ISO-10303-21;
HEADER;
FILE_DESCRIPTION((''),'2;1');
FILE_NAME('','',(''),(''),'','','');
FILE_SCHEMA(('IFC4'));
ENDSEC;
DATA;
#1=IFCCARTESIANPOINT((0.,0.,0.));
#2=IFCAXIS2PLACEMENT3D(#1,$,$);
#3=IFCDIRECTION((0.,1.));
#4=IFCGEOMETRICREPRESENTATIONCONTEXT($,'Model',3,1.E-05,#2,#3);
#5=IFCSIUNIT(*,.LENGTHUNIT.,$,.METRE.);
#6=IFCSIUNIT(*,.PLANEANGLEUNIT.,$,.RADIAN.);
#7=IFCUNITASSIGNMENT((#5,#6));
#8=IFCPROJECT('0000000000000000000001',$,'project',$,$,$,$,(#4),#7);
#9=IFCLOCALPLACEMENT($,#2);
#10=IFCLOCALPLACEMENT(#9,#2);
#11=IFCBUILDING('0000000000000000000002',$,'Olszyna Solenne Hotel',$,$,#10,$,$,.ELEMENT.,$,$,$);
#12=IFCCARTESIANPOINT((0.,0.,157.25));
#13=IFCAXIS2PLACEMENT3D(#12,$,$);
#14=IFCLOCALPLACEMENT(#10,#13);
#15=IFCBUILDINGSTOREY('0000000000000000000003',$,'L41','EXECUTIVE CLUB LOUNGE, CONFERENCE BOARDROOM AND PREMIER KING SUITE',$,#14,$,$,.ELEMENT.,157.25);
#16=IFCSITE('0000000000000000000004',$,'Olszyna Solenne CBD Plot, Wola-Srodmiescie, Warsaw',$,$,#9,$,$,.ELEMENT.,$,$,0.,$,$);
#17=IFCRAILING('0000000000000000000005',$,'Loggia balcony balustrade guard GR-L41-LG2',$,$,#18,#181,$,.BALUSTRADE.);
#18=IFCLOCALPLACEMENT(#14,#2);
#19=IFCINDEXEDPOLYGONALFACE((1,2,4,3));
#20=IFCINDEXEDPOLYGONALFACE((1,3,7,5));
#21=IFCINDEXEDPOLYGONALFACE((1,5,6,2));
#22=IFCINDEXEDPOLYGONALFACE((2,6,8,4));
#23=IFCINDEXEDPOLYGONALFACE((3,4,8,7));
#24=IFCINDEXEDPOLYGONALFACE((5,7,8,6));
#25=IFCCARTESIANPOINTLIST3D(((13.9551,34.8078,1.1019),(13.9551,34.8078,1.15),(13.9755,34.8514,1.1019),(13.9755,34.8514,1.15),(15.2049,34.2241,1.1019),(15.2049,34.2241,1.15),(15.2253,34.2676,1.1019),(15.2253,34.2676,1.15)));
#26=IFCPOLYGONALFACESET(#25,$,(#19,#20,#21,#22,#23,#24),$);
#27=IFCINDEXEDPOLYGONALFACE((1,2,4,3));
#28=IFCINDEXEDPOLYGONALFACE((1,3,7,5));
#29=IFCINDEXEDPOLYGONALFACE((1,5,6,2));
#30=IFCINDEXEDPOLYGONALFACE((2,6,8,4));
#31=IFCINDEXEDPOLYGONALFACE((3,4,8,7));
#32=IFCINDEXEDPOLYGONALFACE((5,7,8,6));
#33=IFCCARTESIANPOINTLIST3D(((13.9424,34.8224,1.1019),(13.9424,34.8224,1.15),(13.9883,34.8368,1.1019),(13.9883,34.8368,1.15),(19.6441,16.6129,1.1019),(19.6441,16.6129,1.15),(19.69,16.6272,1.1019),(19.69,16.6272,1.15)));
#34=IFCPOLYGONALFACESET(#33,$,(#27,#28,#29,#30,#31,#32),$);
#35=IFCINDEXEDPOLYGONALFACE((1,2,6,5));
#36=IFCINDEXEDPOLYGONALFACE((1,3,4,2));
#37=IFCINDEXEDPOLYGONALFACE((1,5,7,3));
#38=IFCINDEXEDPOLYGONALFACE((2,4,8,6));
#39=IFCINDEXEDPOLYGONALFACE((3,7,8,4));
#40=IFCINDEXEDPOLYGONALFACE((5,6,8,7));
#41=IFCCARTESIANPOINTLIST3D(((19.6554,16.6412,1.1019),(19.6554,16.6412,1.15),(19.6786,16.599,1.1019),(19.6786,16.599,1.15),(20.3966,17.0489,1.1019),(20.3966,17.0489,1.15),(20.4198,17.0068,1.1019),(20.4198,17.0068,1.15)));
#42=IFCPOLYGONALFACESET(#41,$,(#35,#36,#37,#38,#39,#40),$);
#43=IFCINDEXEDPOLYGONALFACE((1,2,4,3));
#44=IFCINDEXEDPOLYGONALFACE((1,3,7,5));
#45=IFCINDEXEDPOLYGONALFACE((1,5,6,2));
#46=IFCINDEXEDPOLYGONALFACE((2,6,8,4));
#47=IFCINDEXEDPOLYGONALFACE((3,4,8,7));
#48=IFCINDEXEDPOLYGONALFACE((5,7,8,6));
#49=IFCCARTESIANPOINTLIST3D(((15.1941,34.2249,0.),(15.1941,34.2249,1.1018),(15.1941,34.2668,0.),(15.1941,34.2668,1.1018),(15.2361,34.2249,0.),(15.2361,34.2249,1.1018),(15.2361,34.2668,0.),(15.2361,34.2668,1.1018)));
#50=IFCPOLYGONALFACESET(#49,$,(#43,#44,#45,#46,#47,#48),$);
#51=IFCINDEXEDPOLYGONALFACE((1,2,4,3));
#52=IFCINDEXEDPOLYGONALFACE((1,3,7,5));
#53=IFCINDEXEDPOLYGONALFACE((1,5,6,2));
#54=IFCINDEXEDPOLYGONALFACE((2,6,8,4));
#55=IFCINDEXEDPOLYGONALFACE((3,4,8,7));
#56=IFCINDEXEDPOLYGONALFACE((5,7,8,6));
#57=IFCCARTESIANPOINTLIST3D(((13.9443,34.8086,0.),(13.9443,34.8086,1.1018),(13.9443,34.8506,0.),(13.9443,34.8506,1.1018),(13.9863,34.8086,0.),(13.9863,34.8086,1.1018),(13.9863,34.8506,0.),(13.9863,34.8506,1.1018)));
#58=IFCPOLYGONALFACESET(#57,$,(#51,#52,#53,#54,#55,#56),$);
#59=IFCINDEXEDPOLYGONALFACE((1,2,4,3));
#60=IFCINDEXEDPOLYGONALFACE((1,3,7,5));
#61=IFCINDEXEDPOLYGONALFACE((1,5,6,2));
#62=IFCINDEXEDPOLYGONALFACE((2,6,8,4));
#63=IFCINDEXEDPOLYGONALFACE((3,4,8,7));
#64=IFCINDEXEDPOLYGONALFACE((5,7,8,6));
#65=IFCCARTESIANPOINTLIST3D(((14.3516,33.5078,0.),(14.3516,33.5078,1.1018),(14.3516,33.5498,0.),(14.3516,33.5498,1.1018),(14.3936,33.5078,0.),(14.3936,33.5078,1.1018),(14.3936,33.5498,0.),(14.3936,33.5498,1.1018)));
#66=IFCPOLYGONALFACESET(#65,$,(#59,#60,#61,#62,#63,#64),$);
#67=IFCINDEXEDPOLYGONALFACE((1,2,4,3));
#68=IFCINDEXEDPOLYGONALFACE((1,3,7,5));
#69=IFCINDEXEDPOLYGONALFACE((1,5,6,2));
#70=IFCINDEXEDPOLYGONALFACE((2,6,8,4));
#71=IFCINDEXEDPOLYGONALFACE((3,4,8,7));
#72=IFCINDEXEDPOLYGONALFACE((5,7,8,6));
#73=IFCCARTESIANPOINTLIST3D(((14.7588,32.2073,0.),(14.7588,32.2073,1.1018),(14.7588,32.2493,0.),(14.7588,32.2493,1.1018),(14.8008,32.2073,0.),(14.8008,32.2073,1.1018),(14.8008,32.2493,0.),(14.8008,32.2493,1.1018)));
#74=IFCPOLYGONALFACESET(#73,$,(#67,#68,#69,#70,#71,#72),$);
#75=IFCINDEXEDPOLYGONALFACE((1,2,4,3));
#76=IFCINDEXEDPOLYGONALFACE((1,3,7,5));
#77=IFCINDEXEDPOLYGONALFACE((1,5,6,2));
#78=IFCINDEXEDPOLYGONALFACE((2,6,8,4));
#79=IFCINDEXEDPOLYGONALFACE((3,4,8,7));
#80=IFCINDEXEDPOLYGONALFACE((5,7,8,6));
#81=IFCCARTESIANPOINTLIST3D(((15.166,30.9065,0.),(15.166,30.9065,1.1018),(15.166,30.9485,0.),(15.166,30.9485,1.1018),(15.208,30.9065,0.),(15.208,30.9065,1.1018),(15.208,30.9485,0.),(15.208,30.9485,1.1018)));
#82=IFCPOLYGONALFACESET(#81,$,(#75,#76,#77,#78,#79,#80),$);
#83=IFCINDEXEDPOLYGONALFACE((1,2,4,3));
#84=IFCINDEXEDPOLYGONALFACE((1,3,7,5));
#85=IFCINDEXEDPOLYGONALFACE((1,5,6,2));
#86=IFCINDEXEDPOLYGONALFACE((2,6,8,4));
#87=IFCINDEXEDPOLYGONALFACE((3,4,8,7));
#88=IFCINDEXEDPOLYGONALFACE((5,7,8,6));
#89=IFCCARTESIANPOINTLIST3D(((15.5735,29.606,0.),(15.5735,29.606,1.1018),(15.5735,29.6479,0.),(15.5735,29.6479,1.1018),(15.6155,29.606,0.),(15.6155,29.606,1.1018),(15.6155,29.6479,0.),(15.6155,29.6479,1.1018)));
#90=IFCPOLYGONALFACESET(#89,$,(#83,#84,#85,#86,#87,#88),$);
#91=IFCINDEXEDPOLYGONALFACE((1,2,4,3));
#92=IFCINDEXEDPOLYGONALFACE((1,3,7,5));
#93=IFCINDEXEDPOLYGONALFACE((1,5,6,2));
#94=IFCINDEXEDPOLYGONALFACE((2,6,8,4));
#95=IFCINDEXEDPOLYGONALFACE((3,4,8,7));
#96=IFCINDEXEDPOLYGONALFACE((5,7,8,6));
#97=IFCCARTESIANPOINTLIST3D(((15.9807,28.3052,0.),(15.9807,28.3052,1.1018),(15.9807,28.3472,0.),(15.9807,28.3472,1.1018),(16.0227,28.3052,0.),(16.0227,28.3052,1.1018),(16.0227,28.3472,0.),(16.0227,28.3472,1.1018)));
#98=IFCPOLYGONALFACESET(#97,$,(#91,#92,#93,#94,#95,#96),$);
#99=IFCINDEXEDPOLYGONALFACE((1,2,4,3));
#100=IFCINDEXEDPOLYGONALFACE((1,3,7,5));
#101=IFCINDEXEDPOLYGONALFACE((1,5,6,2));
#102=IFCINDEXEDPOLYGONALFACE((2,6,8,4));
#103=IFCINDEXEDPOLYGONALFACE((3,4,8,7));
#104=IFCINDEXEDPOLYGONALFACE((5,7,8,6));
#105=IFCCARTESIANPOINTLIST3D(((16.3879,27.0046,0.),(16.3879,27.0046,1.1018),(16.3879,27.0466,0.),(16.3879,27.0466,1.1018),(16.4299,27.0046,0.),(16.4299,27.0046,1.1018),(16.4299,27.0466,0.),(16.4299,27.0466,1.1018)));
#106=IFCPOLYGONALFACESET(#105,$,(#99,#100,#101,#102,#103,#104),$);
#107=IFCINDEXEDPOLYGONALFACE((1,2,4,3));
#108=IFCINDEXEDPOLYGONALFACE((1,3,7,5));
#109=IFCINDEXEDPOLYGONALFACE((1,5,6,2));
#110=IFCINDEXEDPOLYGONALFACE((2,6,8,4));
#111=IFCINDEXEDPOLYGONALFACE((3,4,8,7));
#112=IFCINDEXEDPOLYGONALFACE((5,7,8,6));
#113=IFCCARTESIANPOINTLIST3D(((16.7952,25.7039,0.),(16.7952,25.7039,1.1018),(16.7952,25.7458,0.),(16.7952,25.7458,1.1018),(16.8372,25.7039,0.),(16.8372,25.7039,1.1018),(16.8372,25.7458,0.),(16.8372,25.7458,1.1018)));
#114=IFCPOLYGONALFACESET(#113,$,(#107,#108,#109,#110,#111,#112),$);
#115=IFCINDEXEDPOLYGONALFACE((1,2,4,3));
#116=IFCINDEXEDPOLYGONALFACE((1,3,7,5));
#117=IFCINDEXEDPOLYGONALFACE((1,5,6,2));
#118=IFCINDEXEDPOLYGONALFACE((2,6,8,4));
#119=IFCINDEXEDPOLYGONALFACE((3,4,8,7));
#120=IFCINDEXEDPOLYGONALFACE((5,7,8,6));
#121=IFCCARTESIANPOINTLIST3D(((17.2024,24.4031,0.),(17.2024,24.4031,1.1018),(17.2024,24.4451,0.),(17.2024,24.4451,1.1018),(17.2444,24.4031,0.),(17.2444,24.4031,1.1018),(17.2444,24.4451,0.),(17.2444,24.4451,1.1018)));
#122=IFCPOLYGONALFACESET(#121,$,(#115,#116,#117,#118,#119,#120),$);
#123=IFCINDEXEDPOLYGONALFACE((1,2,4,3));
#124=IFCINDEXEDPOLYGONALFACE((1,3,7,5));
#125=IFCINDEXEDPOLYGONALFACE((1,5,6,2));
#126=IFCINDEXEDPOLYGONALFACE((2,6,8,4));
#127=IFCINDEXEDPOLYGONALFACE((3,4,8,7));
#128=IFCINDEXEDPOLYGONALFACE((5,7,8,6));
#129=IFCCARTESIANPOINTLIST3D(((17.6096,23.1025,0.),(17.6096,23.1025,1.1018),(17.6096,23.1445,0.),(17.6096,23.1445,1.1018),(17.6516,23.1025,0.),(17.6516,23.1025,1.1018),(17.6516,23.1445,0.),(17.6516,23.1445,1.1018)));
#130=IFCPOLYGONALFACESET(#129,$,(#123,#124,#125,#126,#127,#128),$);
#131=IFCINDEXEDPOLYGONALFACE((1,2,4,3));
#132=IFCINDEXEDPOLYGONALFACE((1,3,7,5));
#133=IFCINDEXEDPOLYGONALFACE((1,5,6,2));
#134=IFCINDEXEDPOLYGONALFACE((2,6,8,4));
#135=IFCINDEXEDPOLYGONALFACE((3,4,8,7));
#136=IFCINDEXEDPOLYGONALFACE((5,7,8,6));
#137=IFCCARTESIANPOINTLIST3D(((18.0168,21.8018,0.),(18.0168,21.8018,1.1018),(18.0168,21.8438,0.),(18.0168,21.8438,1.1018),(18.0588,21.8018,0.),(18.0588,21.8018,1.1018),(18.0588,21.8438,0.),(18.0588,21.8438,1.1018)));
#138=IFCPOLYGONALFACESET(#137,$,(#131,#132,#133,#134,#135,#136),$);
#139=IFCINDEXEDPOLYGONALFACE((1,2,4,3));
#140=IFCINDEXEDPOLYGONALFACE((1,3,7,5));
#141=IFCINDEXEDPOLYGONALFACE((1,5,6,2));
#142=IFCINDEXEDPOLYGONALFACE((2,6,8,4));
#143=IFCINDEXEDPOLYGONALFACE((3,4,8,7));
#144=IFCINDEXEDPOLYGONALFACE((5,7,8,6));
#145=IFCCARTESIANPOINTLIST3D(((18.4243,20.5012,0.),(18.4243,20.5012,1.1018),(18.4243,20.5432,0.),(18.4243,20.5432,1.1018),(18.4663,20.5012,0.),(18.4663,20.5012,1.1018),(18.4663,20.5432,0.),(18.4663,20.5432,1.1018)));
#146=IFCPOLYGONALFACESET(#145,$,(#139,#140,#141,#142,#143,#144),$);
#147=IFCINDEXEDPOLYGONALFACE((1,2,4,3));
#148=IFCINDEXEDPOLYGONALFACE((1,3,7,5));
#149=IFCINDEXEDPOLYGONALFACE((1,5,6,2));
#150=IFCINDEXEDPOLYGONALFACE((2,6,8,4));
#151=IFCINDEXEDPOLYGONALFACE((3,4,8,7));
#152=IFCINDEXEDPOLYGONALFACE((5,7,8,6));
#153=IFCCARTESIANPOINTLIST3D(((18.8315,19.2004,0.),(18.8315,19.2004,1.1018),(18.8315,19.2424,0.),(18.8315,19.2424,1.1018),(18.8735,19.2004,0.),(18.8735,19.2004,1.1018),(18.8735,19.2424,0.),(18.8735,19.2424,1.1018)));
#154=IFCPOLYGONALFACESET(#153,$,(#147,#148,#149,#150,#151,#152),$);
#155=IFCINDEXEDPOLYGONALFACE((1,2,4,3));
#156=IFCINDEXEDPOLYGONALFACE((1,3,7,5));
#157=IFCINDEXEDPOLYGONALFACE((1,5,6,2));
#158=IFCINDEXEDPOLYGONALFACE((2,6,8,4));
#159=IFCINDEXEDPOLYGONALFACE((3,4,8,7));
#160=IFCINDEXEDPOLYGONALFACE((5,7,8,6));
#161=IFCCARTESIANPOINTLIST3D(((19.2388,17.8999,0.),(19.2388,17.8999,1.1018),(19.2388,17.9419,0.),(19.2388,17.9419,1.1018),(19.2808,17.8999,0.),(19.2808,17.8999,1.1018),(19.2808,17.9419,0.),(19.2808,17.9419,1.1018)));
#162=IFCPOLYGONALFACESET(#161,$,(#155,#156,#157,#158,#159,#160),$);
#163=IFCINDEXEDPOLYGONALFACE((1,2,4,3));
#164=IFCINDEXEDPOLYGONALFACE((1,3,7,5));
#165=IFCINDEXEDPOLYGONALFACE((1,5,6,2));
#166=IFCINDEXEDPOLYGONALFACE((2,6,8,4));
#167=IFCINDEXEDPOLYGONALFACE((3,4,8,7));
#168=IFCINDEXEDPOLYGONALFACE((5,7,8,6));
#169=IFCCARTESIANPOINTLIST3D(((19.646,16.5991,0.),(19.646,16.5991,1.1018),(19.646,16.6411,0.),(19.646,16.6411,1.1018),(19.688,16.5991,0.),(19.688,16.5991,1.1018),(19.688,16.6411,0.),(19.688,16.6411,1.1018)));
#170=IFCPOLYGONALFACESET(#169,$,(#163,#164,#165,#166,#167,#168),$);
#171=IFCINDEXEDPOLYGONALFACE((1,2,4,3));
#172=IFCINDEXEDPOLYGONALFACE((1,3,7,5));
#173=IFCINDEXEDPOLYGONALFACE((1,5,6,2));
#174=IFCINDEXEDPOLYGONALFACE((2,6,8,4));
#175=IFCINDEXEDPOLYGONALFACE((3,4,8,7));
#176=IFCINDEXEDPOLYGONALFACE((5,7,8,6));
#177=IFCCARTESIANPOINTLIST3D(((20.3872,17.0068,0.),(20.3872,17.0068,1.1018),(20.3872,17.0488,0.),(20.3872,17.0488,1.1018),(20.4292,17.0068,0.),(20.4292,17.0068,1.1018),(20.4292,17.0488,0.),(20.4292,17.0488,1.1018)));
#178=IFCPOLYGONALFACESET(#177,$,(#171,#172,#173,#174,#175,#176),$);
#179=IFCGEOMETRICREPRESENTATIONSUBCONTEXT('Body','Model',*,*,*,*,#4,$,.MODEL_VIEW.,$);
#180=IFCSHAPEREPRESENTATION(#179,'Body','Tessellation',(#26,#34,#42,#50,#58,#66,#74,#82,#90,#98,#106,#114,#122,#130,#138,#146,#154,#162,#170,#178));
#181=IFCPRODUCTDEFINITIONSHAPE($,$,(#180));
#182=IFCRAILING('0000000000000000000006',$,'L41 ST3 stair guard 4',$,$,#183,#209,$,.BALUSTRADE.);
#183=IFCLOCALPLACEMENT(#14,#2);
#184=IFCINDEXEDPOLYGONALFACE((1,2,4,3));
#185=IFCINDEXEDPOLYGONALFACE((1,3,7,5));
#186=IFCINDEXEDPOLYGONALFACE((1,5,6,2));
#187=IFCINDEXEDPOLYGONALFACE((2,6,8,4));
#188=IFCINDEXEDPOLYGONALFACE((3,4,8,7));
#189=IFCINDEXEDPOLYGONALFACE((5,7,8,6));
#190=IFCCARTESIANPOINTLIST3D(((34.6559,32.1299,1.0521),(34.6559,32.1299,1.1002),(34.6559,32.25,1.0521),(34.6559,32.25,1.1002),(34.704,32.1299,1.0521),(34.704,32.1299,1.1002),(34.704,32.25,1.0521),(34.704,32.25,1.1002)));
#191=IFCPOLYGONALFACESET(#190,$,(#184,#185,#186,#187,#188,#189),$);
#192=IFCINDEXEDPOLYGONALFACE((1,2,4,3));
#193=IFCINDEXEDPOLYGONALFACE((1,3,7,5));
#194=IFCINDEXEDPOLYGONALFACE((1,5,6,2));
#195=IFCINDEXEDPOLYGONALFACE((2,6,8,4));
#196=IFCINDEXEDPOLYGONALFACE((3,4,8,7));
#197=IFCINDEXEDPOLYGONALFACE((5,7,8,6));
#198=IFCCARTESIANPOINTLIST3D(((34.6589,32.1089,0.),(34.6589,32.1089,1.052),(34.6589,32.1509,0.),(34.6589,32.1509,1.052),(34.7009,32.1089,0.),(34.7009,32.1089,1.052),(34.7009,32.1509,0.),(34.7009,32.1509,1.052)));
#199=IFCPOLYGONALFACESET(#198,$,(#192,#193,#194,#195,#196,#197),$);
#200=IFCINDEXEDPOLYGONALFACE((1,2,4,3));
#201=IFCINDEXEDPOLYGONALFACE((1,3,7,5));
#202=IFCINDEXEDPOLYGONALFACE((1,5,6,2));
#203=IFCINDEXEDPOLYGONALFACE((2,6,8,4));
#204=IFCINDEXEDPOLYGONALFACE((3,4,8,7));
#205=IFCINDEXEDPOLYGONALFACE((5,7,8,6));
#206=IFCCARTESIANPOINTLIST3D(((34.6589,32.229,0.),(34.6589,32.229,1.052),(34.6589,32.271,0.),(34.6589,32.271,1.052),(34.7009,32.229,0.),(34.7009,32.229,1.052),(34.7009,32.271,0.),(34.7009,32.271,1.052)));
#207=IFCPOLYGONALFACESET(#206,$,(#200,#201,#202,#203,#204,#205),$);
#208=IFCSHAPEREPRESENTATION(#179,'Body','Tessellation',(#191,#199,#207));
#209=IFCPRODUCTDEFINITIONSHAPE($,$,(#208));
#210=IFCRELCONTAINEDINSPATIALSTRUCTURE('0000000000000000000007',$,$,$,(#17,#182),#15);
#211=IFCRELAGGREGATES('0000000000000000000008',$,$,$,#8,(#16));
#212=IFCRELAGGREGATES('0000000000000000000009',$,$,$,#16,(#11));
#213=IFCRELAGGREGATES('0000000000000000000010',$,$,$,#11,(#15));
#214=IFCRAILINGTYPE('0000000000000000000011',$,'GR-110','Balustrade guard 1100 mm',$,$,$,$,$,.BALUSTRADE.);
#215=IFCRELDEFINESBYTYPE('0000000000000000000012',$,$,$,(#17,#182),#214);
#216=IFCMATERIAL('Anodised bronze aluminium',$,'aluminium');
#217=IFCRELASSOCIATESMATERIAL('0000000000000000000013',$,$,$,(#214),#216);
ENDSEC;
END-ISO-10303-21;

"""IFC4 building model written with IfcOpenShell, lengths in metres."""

from ifc_helpers import new_model, si_unit, direction, frame, origin, origin_2d, place, context, subcontext, project, spatial, rectangle, extrude, material, type_object, element, save


model = new_model("IFC4")

# Units and contexts
model_context = context("Model", 3, precision=1e-05, world=origin(), true_north=direction((0.0, 1.0)))
body_context = subcontext(model_context, "Body", "Model", "MODEL_VIEW")
ifc_project = project(units=[si_unit("LENGTHUNIT", "METRE"), si_unit("PLANEANGLEUNIT", "RADIAN")], contexts=[model_context])

# Site, building, storey
site_placement = place(None, origin())
site = spatial("IfcSite", under=ifc_project, at=site_placement, Name="Olszyna Solenne CBD Plot, Wola-Srodmiescie, Warsaw", CompositionType="ELEMENT", RefElevation=0.0)
building_placement = place(site_placement, origin())
building = spatial("IfcBuilding", under=site, at=building_placement, Name="Olszyna Solenne Hotel", CompositionType="ELEMENT")
storey_placement = place(building_placement, frame((0.0, 0.0, 157.25)))
storey = spatial("IfcBuildingStorey", under=building, at=storey_placement, Name="L41", Description="EXECUTIVE CLUB LOUNGE, CONFERENCE BOARDROOM AND PREMIER KING SUITE", CompositionType="ELEMENT", Elevation=157.25)

# Railings
ifc_material_1 = material(Name="Anodised bronze aluminium", Category="aluminium")
railing_type = type_object("IfcRailingType", Name="GR-110", Description="Balustrade guard 1100 mm", PredefinedType="BALUSTRADE", material=ifc_material_1)
railing_1_placement = place(storey_placement, frame((15.2151, 34.2458, 0.0)))
element("IfcRailing", 1, at=railing_1_placement, inside=storey, type_object=railing_type, Name="Loggia balcony balustrade guard GR-L41-LG2", PredefinedType="BALUSTRADE", context=body_context, shape_type="SweptSolid", body=[
    extrude(rectangle(XDim=0.0481, YDim=0.0481, at=origin_2d()), frame((0.0, 0.0, 1.126), z_axis=(-0.906038, 0.423196, 0.0), x_axis=(-0.423196, -0.906038, 0.0)), (0.0, 0.0, 1.0), 1.3794),
    extrude(rectangle(XDim=0.0481, YDim=0.0481, at=origin_2d()), frame((-1.2498, 0.5837, 1.126), z_axis=(0.29881, -0.954313, 0.0), x_axis=(0.954313, 0.29881, 0.0)), (0.0, 0.0, 1.0), 19.0813),
    extrude(rectangle(XDim=0.0481, YDim=0.0481, at=origin_2d()), frame((4.4519, -17.6257, 1.126), z_axis=(0.876192, 0.481963, 0.0), x_axis=(-0.481963, 0.876192, 0.0)), (0.0, 0.0, 1.0), 0.8459),
    extrude(rectangle(XDim=0.042, YDim=0.042, at=origin_2d()), origin(), (0.0, 0.0, 1.0), 1.1018),
    extrude(rectangle(XDim=0.042, YDim=0.042, at=origin_2d()), frame((-1.2498, 0.5837, 0.0)), (0.0, 0.0, 1.0), 1.1018),
    extrude(rectangle(XDim=0.042, YDim=0.042, at=origin_2d()), frame((-0.8425, -0.717, 0.0)), (0.0, 0.0, 1.0), 1.1018),
    extrude(rectangle(XDim=0.042, YDim=0.042, at=origin_2d()), frame((-0.4353, -2.0176, 0.0)), (0.0, 0.0, 1.0), 1.1018),
    extrude(rectangle(XDim=0.042, YDim=0.042, at=origin_2d()), frame((-0.0281, -3.3184, 0.0)), (0.0, 0.0, 1.0), 1.1018),
    extrude(rectangle(XDim=0.042, YDim=0.042, at=origin_2d()), frame((0.3794, -4.6189, 0.0)), (0.0, 0.0, 1.0), 1.1018),
    extrude(rectangle(XDim=0.042, YDim=0.042, at=origin_2d()), frame((0.7866, -5.9197, 0.0)), (0.0, 0.0, 1.0), 1.1018),
    extrude(rectangle(XDim=0.042, YDim=0.042, at=origin_2d()), frame((1.1938, -7.2202, 0.0)), (0.0, 0.0, 1.0), 1.1018),
    extrude(rectangle(XDim=0.042, YDim=0.042, at=origin_2d()), frame((1.6011, -8.521, 0.0)), (0.0, 0.0, 1.0), 1.1018),
    extrude(rectangle(XDim=0.042, YDim=0.042, at=origin_2d()), frame((2.0083, -9.8218, 0.0)), (0.0, 0.0, 1.0), 1.1018),
    extrude(rectangle(XDim=0.042, YDim=0.042, at=origin_2d()), frame((2.4155, -11.1223, 0.0)), (0.0, 0.0, 1.0), 1.1018),
    extrude(rectangle(XDim=0.042, YDim=0.042, at=origin_2d()), frame((2.8228, -12.4231, 0.0)), (0.0, 0.0, 1.0), 1.1018),
    extrude(rectangle(XDim=0.042, YDim=0.042, at=origin_2d()), frame((3.2302, -13.7236, 0.0)), (0.0, 0.0, 1.0), 1.1018),
    extrude(rectangle(XDim=0.042, YDim=0.042, at=origin_2d()), frame((3.6375, -15.0244, 0.0)), (0.0, 0.0, 1.0), 1.1018),
    extrude(rectangle(XDim=0.042, YDim=0.042, at=origin_2d()), frame((4.0447, -16.325, 0.0)), (0.0, 0.0, 1.0), 1.1018),
    extrude(rectangle(XDim=0.042, YDim=0.042, at=origin_2d()), frame((4.4519, -17.6257, 0.0)), (0.0, 0.0, 1.0), 1.1018),
    extrude(rectangle(XDim=0.042, YDim=0.042, at=origin_2d()), frame((5.1931, -17.218, 0.0)), (0.0, 0.0, 1.0), 1.1018),
])
railing_2_placement = place(storey_placement, frame((34.6799, 32.1299, 0.0)))
element("IfcRailing", 2, at=railing_2_placement, inside=storey, type_object=railing_type, Name="L41 ST3 stair guard 4", PredefinedType="BALUSTRADE", context=body_context, shape_type="SweptSolid", body=[
    extrude(rectangle(XDim=0.0481, YDim=0.0481, at=origin_2d()), frame((0.0, 0.0, 1.0762), z_axis=(0.0, 1.0, 0.0), x_axis=(-1.0, 0.0, 0.0)), (0.0, 0.0, 1.0), 0.1201),
    extrude(rectangle(XDim=0.042, YDim=0.042, at=origin_2d()), origin(), (0.0, 0.0, 1.0), 1.052),
    extrude(rectangle(XDim=0.042, YDim=0.042, at=origin_2d()), frame((0.0, 0.1201, 0.0)), (0.0, 0.0, 1.0), 1.052),
])

save(model, "model.ifc")
